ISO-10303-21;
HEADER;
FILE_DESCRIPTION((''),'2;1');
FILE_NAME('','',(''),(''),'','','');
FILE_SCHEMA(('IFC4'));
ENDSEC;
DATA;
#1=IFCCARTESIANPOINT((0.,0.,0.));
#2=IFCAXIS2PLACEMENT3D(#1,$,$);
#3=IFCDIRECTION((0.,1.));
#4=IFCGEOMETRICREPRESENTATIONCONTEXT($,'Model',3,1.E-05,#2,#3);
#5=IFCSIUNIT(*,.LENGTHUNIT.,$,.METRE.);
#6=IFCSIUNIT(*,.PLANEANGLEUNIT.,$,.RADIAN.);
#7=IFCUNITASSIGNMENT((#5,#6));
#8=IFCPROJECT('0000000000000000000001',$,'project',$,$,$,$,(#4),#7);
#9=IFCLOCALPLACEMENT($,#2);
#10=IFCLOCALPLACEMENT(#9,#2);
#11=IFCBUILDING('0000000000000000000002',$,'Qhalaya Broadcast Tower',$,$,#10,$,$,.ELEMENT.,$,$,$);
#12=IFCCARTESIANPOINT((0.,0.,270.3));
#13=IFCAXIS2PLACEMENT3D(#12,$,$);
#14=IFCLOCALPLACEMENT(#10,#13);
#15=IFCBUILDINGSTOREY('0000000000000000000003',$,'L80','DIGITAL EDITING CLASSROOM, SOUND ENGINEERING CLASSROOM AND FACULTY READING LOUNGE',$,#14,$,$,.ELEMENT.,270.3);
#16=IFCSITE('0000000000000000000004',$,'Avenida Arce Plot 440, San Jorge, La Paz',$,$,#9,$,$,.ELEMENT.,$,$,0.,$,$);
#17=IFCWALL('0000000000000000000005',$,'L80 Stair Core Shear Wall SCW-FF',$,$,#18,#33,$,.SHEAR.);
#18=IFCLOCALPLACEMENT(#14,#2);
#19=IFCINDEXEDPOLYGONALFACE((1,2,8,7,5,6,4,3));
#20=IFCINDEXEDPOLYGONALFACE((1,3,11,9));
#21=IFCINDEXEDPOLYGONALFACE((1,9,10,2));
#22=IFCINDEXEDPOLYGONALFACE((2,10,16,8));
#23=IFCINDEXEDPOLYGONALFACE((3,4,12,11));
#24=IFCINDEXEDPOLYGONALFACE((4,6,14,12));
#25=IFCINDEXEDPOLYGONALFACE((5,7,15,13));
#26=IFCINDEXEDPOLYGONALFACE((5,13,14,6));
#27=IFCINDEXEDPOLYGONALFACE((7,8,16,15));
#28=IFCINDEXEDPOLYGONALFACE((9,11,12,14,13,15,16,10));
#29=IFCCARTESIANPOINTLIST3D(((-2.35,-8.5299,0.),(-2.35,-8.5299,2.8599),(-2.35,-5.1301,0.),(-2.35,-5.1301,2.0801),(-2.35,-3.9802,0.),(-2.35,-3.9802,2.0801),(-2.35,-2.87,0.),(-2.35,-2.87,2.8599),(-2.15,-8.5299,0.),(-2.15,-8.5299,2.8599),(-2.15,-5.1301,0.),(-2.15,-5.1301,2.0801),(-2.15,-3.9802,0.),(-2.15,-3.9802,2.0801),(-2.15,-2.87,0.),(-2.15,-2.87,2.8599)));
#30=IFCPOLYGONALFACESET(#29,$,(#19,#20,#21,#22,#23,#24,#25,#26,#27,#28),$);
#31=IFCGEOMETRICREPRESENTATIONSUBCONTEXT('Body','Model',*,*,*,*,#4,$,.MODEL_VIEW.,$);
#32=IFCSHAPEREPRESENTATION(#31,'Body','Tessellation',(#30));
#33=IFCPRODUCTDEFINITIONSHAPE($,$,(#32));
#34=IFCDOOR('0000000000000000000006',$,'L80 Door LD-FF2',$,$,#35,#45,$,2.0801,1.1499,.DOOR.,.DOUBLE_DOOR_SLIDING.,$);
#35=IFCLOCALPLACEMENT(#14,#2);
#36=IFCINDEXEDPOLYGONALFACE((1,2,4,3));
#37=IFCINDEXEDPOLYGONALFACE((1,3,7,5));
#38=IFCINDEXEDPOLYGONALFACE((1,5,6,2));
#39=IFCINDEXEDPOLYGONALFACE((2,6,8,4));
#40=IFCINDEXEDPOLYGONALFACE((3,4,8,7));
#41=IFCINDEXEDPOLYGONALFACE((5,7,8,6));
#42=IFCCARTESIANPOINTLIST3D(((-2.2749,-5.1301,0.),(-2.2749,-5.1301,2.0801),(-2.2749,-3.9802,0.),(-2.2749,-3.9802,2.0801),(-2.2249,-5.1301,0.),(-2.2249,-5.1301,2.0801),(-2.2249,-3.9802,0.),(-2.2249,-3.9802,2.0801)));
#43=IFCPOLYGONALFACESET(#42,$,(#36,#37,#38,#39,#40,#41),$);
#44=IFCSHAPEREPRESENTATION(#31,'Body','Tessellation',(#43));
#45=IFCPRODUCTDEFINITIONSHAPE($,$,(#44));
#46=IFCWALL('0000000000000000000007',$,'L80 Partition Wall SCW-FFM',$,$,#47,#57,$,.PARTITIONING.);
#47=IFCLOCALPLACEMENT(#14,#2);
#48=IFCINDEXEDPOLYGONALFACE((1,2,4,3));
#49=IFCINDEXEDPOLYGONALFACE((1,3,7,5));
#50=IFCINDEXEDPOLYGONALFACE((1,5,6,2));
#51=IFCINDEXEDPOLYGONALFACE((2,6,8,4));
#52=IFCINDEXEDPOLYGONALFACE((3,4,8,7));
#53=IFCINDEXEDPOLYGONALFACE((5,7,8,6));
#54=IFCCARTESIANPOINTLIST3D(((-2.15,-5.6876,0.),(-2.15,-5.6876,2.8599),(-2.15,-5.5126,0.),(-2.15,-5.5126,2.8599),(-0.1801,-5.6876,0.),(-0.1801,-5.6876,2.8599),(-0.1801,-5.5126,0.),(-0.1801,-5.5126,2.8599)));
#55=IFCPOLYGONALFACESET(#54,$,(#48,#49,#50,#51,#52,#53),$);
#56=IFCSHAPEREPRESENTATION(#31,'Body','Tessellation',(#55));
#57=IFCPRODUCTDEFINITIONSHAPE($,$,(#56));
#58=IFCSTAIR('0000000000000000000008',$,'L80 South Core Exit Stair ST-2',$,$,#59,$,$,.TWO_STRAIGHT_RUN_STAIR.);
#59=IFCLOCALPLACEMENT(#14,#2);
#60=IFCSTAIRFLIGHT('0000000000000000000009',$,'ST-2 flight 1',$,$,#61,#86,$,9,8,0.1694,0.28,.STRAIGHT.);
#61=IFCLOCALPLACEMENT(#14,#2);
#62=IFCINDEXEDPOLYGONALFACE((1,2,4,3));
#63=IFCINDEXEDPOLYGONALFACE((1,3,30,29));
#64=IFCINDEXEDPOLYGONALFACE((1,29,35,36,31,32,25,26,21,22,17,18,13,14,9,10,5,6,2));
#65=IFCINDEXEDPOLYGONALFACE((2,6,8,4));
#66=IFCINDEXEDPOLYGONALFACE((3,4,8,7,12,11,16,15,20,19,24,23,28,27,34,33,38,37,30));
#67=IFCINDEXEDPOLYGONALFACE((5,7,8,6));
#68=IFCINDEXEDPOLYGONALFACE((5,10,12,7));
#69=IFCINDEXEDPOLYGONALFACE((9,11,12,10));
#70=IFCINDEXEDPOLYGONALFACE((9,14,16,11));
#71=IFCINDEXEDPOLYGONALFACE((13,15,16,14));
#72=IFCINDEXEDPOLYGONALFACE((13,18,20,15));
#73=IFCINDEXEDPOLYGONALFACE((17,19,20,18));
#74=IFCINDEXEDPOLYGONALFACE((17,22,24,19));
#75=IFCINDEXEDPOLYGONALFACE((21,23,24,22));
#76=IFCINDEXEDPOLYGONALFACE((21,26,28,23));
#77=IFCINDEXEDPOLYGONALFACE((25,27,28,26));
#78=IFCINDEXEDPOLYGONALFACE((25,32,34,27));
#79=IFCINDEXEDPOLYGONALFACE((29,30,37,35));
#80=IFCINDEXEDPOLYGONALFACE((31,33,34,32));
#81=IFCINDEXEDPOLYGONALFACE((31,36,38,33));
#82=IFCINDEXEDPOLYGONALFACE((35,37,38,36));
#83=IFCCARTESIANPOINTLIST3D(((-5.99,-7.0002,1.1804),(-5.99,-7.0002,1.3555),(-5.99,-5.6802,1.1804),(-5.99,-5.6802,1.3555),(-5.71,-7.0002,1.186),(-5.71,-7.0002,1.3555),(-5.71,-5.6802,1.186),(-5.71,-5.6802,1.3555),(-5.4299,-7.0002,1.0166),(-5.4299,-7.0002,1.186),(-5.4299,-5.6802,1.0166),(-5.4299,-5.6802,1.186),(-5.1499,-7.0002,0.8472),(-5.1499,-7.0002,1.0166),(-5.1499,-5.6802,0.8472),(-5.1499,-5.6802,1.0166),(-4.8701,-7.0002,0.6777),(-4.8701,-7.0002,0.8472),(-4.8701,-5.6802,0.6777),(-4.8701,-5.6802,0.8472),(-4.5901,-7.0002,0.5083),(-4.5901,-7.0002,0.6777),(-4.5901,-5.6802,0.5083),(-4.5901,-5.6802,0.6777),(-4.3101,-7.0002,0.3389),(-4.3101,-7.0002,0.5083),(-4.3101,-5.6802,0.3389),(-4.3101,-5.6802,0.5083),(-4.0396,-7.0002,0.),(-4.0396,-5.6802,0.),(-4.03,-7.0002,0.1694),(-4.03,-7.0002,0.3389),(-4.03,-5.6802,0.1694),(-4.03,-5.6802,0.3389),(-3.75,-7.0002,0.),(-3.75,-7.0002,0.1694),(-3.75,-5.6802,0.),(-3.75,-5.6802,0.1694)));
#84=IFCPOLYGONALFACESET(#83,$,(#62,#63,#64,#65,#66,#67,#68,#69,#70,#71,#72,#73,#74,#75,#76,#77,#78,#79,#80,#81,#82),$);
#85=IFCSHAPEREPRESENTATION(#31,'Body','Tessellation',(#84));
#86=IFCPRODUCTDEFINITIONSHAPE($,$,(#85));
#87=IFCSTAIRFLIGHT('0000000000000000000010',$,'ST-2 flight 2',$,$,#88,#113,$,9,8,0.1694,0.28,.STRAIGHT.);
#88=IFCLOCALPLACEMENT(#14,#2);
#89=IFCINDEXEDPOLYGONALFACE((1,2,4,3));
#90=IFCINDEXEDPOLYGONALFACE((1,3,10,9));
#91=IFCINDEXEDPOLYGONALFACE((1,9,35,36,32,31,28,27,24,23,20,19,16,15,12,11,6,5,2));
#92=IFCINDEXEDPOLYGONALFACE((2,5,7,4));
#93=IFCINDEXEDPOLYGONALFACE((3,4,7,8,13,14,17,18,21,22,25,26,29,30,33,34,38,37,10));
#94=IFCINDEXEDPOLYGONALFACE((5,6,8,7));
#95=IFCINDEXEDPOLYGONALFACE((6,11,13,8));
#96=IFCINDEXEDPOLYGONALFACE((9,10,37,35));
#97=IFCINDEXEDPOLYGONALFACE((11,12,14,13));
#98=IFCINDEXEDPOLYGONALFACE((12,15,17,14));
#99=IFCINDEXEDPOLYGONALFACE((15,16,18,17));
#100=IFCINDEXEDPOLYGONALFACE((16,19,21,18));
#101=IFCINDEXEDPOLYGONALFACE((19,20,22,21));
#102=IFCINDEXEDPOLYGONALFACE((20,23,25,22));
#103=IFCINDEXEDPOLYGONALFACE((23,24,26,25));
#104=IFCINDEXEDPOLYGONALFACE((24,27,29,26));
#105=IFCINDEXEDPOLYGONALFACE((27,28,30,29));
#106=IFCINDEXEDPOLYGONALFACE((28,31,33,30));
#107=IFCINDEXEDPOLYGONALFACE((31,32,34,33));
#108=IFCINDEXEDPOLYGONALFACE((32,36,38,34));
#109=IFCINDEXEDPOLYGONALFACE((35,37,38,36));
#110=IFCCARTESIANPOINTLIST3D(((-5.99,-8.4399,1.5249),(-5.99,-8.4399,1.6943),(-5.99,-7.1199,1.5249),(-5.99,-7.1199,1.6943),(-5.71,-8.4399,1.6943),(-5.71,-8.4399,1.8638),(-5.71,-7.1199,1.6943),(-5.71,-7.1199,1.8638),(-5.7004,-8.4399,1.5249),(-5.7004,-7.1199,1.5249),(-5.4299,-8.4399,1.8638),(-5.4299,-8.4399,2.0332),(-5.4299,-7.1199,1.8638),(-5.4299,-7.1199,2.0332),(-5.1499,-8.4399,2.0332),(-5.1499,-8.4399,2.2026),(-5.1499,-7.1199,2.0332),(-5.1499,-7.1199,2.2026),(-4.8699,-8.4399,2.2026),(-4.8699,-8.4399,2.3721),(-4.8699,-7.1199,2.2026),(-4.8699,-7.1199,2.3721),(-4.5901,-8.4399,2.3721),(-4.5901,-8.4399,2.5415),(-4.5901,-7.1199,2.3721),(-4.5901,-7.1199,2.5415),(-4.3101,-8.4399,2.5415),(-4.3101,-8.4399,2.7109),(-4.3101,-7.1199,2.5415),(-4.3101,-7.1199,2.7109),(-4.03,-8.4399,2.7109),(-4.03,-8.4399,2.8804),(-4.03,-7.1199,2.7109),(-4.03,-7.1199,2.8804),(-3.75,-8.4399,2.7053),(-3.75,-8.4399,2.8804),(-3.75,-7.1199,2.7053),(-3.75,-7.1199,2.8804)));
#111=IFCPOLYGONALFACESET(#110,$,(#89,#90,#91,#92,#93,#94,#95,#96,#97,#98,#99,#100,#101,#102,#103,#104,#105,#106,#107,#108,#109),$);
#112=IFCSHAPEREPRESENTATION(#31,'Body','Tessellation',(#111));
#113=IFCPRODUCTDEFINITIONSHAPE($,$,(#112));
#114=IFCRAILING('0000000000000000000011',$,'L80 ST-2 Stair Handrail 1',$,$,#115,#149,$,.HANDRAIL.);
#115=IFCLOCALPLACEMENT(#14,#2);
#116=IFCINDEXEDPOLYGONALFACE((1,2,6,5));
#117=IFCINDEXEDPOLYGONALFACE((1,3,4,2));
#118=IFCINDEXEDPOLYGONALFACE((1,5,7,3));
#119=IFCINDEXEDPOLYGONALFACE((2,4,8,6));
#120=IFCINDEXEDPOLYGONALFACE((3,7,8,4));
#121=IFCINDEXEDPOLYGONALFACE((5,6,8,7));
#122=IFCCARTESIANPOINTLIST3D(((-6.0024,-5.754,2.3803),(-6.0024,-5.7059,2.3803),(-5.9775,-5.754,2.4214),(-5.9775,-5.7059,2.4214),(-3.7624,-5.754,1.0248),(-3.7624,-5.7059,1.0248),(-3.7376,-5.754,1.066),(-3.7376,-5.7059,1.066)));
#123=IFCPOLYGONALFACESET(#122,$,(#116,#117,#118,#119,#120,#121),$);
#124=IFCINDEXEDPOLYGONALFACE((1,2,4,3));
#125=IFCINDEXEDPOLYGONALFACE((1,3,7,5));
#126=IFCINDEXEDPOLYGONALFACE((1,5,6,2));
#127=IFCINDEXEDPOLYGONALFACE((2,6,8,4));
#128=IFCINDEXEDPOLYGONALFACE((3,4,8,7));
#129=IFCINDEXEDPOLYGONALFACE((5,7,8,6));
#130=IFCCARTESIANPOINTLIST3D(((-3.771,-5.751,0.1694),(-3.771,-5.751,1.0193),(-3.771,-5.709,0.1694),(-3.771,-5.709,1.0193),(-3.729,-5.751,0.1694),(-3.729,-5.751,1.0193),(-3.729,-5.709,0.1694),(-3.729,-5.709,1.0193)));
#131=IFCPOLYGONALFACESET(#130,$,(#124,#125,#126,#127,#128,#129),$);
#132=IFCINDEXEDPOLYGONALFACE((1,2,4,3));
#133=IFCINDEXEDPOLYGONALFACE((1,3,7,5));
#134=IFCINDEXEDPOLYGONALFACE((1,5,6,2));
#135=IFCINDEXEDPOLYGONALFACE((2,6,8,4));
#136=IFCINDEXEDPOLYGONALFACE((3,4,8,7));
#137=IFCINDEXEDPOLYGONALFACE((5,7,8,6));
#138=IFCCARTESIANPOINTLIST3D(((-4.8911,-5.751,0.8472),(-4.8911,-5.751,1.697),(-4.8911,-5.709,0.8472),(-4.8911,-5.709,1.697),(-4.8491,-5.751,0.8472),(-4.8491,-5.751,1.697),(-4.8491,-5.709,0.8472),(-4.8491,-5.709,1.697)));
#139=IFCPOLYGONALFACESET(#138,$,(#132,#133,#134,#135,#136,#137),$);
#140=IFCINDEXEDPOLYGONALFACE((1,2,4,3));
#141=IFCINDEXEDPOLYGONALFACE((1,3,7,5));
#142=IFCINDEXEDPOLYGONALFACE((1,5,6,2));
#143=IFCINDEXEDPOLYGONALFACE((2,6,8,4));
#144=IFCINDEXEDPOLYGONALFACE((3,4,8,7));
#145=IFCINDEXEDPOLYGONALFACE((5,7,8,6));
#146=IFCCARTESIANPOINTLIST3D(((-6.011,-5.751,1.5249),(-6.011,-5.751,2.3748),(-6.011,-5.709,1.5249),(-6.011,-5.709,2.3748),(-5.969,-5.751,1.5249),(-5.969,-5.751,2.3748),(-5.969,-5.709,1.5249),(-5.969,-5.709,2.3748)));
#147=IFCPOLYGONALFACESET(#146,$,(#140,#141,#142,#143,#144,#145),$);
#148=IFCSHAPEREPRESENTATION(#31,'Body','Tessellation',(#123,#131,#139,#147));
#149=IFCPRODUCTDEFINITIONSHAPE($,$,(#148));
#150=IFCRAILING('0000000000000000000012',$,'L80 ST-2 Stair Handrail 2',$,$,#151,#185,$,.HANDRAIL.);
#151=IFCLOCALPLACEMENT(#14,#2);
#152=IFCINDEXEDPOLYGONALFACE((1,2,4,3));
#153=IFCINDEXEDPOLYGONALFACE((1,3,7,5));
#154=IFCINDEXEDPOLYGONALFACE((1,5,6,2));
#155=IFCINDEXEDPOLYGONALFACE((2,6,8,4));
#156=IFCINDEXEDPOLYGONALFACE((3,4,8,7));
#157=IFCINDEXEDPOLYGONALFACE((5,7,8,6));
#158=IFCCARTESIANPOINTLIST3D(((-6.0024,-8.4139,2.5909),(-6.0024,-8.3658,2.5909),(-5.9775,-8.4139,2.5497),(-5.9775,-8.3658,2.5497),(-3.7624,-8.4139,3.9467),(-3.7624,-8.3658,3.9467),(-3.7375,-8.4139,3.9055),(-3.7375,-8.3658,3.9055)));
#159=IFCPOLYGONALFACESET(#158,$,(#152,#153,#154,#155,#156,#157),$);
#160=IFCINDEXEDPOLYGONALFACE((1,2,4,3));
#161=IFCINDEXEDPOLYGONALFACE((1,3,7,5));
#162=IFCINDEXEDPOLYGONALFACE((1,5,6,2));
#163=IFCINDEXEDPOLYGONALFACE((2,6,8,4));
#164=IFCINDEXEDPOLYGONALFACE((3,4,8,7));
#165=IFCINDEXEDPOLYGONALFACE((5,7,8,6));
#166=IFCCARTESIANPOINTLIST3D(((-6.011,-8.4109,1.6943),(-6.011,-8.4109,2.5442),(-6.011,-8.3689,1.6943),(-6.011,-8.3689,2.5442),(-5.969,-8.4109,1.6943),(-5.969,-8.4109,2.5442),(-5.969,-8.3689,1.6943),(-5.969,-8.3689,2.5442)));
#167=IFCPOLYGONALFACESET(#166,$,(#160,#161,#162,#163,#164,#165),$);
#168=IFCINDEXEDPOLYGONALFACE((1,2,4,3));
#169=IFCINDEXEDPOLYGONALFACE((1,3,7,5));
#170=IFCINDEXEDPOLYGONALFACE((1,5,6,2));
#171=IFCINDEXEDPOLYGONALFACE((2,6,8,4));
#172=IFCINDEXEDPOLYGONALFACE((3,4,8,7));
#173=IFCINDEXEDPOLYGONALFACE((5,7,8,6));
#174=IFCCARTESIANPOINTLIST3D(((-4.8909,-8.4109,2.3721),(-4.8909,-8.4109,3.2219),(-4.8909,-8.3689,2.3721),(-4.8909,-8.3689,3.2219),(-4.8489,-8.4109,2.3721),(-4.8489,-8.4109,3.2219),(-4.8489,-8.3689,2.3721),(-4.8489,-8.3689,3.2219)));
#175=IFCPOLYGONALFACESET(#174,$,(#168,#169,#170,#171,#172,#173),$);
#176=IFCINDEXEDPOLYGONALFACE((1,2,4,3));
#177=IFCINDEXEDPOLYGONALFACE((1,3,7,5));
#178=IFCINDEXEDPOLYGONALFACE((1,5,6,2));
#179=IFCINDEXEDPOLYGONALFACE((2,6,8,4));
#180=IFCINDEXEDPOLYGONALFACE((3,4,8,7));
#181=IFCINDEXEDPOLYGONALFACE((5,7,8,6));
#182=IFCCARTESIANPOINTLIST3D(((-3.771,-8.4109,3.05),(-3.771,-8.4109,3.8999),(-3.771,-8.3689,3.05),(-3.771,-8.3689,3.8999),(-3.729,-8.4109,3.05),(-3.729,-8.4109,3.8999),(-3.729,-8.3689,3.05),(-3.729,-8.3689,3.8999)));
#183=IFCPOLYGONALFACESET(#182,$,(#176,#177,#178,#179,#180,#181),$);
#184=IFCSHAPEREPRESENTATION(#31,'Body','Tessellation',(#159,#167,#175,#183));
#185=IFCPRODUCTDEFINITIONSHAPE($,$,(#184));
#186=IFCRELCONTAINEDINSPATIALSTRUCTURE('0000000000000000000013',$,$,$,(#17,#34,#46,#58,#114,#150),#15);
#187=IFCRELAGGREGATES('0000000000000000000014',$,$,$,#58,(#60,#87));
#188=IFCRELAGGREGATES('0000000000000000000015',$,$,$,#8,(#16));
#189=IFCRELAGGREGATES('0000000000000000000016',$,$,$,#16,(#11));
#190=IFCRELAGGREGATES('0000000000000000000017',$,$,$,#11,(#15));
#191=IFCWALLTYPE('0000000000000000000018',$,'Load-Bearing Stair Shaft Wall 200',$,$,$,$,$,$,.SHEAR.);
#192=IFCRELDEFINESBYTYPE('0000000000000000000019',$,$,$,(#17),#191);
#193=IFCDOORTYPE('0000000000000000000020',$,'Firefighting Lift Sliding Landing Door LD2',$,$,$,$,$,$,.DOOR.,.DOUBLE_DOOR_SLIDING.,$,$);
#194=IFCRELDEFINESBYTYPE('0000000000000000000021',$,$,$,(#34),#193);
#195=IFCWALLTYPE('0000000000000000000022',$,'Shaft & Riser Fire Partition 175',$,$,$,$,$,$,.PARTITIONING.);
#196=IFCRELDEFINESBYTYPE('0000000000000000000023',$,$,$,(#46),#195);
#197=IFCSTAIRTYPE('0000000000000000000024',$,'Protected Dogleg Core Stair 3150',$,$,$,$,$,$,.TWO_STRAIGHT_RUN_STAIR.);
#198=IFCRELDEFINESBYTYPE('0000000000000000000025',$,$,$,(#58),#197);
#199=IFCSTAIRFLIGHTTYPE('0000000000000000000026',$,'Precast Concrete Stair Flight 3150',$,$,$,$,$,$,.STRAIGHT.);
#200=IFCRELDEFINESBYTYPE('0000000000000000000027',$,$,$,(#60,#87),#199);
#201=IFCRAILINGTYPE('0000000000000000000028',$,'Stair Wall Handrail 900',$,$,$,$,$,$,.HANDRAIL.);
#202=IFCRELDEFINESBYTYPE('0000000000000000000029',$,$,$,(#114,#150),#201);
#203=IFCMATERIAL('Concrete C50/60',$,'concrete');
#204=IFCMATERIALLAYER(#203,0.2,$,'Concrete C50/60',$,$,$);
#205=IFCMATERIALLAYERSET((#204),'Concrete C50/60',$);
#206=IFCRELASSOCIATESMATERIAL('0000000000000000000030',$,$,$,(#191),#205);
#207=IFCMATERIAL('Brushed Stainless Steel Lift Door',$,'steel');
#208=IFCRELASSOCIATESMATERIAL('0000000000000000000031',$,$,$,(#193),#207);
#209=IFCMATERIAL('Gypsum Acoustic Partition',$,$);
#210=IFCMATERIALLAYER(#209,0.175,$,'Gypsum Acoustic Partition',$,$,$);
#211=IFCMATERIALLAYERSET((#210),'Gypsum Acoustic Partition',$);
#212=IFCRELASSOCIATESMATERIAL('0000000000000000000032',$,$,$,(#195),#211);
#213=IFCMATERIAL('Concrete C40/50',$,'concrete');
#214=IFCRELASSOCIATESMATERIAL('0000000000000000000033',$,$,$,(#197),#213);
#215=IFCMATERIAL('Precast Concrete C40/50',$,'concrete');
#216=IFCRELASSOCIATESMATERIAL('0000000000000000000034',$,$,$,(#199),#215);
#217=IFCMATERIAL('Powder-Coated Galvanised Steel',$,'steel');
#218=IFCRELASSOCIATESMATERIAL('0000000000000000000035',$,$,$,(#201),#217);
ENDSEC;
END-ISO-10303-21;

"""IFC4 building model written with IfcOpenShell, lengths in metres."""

from ifc_helpers import new_model, si_unit, direction, frame, frame_2d, origin, origin_2d, place, context, subcontext, project, spatial, polyline, rectangle, outline, extrude, material, layer, layer_set, type_object, element, fill, aggregate, save


model = new_model("IFC4")

# Units and contexts
model_context = context("Model", 3, precision=1e-05, world=origin(), true_north=direction((0.0, 1.0)))
body_context = subcontext(model_context, "Body", "Model", "MODEL_VIEW")
ifc_project = project(units=[si_unit("LENGTHUNIT", "METRE"), si_unit("PLANEANGLEUNIT", "RADIAN")], contexts=[model_context])

# Site, building, storey
site_placement = place(None, origin())
site = spatial("IfcSite", under=ifc_project, at=site_placement, Name="Avenida Arce Plot 440, San Jorge, La Paz", CompositionType="ELEMENT", RefElevation=0.0)
building_placement = place(site_placement, origin())
building = spatial("IfcBuilding", under=site, at=building_placement, Name="Qhalaya Broadcast Tower", CompositionType="ELEMENT")
storey_placement = place(building_placement, frame((0.0, 0.0, 270.3)))
storey = spatial("IfcBuildingStorey", under=building, at=storey_placement, Name="L80", Description="DIGITAL EDITING CLASSROOM, SOUND ENGINEERING CLASSROOM AND FACULTY READING LOUNGE", CompositionType="ELEMENT", Elevation=270.3)

# Shared definitions
ifc_material_1 = material(Name="Concrete C50/60", Category="concrete")

# Wall, opening, door
ifc_layer_1 = layer(ifc_material_1, 0.2, Name="Concrete C50/60")
ifc_layer_set_1 = layer_set([ifc_layer_1], Name="Concrete C50/60")
wall_type_1 = type_object("IfcWallType", Name="Load-Bearing Stair Shaft Wall 200", PredefinedType="SHEAR", material=ifc_layer_set_1)
wall_1_placement = place(storey_placement, frame((-2.25, -8.53, 0.0), z_axis=(0.0, 0.0, 1.0), x_axis=(0.0, 1.0, 0.0)))
wall_1 = element("IfcWall", 1, at=wall_1_placement, inside=storey, type_object=wall_type_1, Name="L80 Stair Core Shear Wall SCW-FF", PredefinedType="SHEAR", context=body_context, shape_type="SweptSolid", body=[
    extrude(rectangle(XDim=5.6599, YDim=0.2, at=frame_2d((2.8301, 0.0))), origin(), (0.0, 0.0, 1.0), 2.8599),
])
opening_1_placement = place(wall_1_placement, frame((3.3999, 0.0, 0.0)))
opening_1 = element("IfcOpeningElement", 2, at=opening_1_placement, cuts=wall_1, PredefinedType="OPENING", context=body_context, shape_type="SweptSolid", body=[
    extrude(rectangle(XDim=1.1499, YDim=2.0801, at=frame_2d((0.575, 1.04))), frame((0.0, 0.1121, 0.0), z_axis=(0.0, -1.0, 0.0), x_axis=(1.0, 0.0, 0.0)), (0.0, 0.0, 1.0), 0.2239),
])
ifc_material_2 = material(Name="Brushed Stainless Steel Lift Door", Category="steel")
door_type_1 = type_object("IfcDoorType", Name="Firefighting Lift Sliding Landing Door LD2", OperationType="DOUBLE_DOOR_SLIDING", PredefinedType="DOOR", material=ifc_material_2)
door_1_placement = place(opening_1_placement, origin())
door_1 = element("IfcDoor", 3, at=door_1_placement, inside=storey, type_object=door_type_1, Name="L80 Door LD-FF2", OperationType="DOUBLE_DOOR_SLIDING", OverallHeight=2.0801, OverallWidth=1.1499, PredefinedType="DOOR", context=body_context, shape_type="SweptSolid", body=[
    extrude(rectangle(XDim=1.1499, YDim=2.0801, at=frame_2d((0.575, 1.04))), frame((0.0, 0.0249, 0.0), z_axis=(0.0, -1.0, 0.0), x_axis=(1.0, 0.0, 0.0)), (0.0, 0.0, 1.0), 0.05),
])
fill(opening_1, door_1)

# Wall
ifc_material_3 = material(Name="Gypsum Acoustic Partition")
ifc_layer_2 = layer(ifc_material_3, 0.175, Name="Gypsum Acoustic Partition")
ifc_layer_set_2 = layer_set([ifc_layer_2], Name="Gypsum Acoustic Partition")
wall_type_2 = type_object("IfcWallType", Name="Shaft & Riser Fire Partition 175", PredefinedType="PARTITIONING", material=ifc_layer_set_2)
wall_2_placement = place(storey_placement, frame((-2.1499, -5.6001, 0.0), z_axis=(0.0, 0.0, 1.0), x_axis=(1.0, 0.0, 0.0)))
element("IfcWall", 4, at=wall_2_placement, inside=storey, type_object=wall_type_2, Name="L80 Partition Wall SCW-FFM", PredefinedType="PARTITIONING", context=body_context, shape_type="SweptSolid", body=[
    extrude(rectangle(XDim=1.97, YDim=0.175, at=frame_2d((0.9849, 0.0))), origin(), (0.0, 0.0, 1.0), 2.8599),
])

# Stair, stair flights
ifc_material_4 = material(Name="Concrete C40/50", Category="concrete")
stair_type = type_object("IfcStairType", Name="Protected Dogleg Core Stair 3150", PredefinedType="TWO_STRAIGHT_RUN_STAIR", material=ifc_material_4)
stair_placement = place(storey_placement, origin())
stair = element("IfcStair", 5, at=stair_placement, inside=storey, type_object=stair_type, Name="L80 South Core Exit Stair ST-2", PredefinedType="TWO_STRAIGHT_RUN_STAIR")
ifc_material_5 = material(Name="Precast Concrete C40/50", Category="concrete")
stair_flight_type = type_object("IfcStairFlightType", Name="Precast Concrete Stair Flight 3150", PredefinedType="STRAIGHT", material=ifc_material_5)
stair_flight_1_placement = place(storey_placement, frame((-3.75, -6.3401, 0.0), z_axis=(0.0, 0.0, 1.0), x_axis=(-1.0, 0.0, 0.0)))
stair_flight_1 = element("IfcStairFlight", 6, at=stair_flight_1_placement, type_object=stair_flight_type, Name="ST-2 flight 1", NumberOfRisers=9, NumberOfTreads=8, PredefinedType="STRAIGHT", RiserHeight=0.1694, TreadLength=0.28, context=body_context, shape_type="SweptSolid", body=[
    extrude(outline(polyline([(0.0, 0.0), (0.0, 0.1694), (0.28, 0.1694), (0.28, 0.3389), (0.5601, 0.3389), (0.5601, 0.5083), (0.8401, 0.5083), (0.8401, 0.6777), (1.1201, 0.6777), (1.1201, 0.8472), (1.3999, 0.8472), (1.3999, 1.0166), (1.6799, 1.0166), (1.6799, 1.186), (1.96, 1.186), (1.96, 1.3555), (2.24, 1.3555), (2.24, 1.5249), (2.24, 1.1804), (0.2896, 0.0), (0.0, 0.0)])), frame((0.0, 0.6602, 0.0), z_axis=(0.0, -1.0, 0.0), x_axis=(1.0, 0.0, 0.0)), (0.0, 0.0, 1.0), 1.3201),
])
stair_flight_2_placement = place(storey_placement, frame((-5.99, -7.78, 1.5249), z_axis=(0.0, 0.0, 1.0), x_axis=(1.0, 0.0, 0.0)))
stair_flight_2 = element("IfcStairFlight", 7, at=stair_flight_2_placement, type_object=stair_flight_type, Name="ST-2 flight 2", NumberOfRisers=9, NumberOfTreads=8, PredefinedType="STRAIGHT", RiserHeight=0.1694, TreadLength=0.28, context=body_context, shape_type="SweptSolid", body=[
    extrude(outline(polyline([(0.0, 0.0), (0.0, 0.1694), (0.28, 0.1694), (0.28, 0.3389), (0.5601, 0.3389), (0.5601, 0.5083), (0.8401, 0.5083), (0.8401, 0.6777), (1.1201, 0.6777), (1.1201, 0.8472), (1.3999, 0.8472), (1.3999, 1.0166), (1.6799, 1.0166), (1.6799, 1.186), (1.96, 1.186), (1.96, 1.3555), (2.24, 1.3555), (2.24, 1.5249), (2.24, 1.1804), (0.2896, 0.0), (0.0, 0.0)])), frame((0.0, 0.6602, 0.0), z_axis=(0.0, -1.0, 0.0), x_axis=(1.0, 0.0, 0.0)), (0.0, 0.0, 1.0), 1.3201),
])
aggregate(stair, [stair_flight_1, stair_flight_2])

# Railings
ifc_material_6 = material(Name="Powder-Coated Galvanised Steel", Category="steel")
railing_type_1 = type_object("IfcRailingType", Name="Stair Wall Handrail 900", PredefinedType="HANDRAIL", material=ifc_material_6)
railing_1_placement = place(storey_placement, frame((-3.75, -5.73, 0.1694)))
element("IfcRailing", 8, at=railing_1_placement, inside=storey, type_object=railing_type_1, Name="L80 ST-2 Stair Handrail 1", PredefinedType="HANDRAIL", context=body_context, shape_type="SweptSolid", body=[
    extrude(rectangle(XDim=0.0481, YDim=0.0481, at=origin_2d()), frame((0.0, 0.0, 0.876), z_axis=(-0.855553, 0.0, 0.517715), x_axis=(0.0, -1.0, 0.0)), (0.0, 0.0, 1.0), 2.6182),
    extrude(rectangle(XDim=0.042, YDim=0.042, at=origin_2d()), origin(), (0.0, 0.0, 1.0), 0.8499),
    extrude(rectangle(XDim=0.042, YDim=0.042, at=origin_2d()), frame((-1.1201, 0.0, 0.6777)), (0.0, 0.0, 1.0), 0.8499),
    extrude(rectangle(XDim=0.042, YDim=0.042, at=origin_2d()), frame((-2.24, 0.0, 1.3555)), (0.0, 0.0, 1.0), 0.8499),
])
railing_2_placement = place(storey_placement, frame((-5.99, -8.3899, 1.6943)))
element("IfcRailing", 9, at=railing_2_placement, inside=storey, type_object=railing_type_1, Name="L80 ST-2 Stair Handrail 2", PredefinedType="HANDRAIL", context=body_context, shape_type="SweptSolid", body=[
    extrude(rectangle(XDim=0.0481, YDim=0.0481, at=origin_2d()), frame((0.0, 0.0, 0.876), z_axis=(0.855512, 0.0, 0.517783), x_axis=(0.0, 1.0, 0.0)), (0.0, 0.0, 1.0), 2.6184),
    extrude(rectangle(XDim=0.042, YDim=0.042, at=origin_2d()), origin(), (0.0, 0.0, 1.0), 0.8499),
    extrude(rectangle(XDim=0.042, YDim=0.042, at=origin_2d()), frame((1.1201, 0.0, 0.6777)), (0.0, 0.0, 1.0), 0.8499),
    extrude(rectangle(XDim=0.042, YDim=0.042, at=origin_2d()), frame((2.24, 0.0, 1.3557)), (0.0, 0.0, 1.0), 0.8499),
])

save(model, "model.ifc")
